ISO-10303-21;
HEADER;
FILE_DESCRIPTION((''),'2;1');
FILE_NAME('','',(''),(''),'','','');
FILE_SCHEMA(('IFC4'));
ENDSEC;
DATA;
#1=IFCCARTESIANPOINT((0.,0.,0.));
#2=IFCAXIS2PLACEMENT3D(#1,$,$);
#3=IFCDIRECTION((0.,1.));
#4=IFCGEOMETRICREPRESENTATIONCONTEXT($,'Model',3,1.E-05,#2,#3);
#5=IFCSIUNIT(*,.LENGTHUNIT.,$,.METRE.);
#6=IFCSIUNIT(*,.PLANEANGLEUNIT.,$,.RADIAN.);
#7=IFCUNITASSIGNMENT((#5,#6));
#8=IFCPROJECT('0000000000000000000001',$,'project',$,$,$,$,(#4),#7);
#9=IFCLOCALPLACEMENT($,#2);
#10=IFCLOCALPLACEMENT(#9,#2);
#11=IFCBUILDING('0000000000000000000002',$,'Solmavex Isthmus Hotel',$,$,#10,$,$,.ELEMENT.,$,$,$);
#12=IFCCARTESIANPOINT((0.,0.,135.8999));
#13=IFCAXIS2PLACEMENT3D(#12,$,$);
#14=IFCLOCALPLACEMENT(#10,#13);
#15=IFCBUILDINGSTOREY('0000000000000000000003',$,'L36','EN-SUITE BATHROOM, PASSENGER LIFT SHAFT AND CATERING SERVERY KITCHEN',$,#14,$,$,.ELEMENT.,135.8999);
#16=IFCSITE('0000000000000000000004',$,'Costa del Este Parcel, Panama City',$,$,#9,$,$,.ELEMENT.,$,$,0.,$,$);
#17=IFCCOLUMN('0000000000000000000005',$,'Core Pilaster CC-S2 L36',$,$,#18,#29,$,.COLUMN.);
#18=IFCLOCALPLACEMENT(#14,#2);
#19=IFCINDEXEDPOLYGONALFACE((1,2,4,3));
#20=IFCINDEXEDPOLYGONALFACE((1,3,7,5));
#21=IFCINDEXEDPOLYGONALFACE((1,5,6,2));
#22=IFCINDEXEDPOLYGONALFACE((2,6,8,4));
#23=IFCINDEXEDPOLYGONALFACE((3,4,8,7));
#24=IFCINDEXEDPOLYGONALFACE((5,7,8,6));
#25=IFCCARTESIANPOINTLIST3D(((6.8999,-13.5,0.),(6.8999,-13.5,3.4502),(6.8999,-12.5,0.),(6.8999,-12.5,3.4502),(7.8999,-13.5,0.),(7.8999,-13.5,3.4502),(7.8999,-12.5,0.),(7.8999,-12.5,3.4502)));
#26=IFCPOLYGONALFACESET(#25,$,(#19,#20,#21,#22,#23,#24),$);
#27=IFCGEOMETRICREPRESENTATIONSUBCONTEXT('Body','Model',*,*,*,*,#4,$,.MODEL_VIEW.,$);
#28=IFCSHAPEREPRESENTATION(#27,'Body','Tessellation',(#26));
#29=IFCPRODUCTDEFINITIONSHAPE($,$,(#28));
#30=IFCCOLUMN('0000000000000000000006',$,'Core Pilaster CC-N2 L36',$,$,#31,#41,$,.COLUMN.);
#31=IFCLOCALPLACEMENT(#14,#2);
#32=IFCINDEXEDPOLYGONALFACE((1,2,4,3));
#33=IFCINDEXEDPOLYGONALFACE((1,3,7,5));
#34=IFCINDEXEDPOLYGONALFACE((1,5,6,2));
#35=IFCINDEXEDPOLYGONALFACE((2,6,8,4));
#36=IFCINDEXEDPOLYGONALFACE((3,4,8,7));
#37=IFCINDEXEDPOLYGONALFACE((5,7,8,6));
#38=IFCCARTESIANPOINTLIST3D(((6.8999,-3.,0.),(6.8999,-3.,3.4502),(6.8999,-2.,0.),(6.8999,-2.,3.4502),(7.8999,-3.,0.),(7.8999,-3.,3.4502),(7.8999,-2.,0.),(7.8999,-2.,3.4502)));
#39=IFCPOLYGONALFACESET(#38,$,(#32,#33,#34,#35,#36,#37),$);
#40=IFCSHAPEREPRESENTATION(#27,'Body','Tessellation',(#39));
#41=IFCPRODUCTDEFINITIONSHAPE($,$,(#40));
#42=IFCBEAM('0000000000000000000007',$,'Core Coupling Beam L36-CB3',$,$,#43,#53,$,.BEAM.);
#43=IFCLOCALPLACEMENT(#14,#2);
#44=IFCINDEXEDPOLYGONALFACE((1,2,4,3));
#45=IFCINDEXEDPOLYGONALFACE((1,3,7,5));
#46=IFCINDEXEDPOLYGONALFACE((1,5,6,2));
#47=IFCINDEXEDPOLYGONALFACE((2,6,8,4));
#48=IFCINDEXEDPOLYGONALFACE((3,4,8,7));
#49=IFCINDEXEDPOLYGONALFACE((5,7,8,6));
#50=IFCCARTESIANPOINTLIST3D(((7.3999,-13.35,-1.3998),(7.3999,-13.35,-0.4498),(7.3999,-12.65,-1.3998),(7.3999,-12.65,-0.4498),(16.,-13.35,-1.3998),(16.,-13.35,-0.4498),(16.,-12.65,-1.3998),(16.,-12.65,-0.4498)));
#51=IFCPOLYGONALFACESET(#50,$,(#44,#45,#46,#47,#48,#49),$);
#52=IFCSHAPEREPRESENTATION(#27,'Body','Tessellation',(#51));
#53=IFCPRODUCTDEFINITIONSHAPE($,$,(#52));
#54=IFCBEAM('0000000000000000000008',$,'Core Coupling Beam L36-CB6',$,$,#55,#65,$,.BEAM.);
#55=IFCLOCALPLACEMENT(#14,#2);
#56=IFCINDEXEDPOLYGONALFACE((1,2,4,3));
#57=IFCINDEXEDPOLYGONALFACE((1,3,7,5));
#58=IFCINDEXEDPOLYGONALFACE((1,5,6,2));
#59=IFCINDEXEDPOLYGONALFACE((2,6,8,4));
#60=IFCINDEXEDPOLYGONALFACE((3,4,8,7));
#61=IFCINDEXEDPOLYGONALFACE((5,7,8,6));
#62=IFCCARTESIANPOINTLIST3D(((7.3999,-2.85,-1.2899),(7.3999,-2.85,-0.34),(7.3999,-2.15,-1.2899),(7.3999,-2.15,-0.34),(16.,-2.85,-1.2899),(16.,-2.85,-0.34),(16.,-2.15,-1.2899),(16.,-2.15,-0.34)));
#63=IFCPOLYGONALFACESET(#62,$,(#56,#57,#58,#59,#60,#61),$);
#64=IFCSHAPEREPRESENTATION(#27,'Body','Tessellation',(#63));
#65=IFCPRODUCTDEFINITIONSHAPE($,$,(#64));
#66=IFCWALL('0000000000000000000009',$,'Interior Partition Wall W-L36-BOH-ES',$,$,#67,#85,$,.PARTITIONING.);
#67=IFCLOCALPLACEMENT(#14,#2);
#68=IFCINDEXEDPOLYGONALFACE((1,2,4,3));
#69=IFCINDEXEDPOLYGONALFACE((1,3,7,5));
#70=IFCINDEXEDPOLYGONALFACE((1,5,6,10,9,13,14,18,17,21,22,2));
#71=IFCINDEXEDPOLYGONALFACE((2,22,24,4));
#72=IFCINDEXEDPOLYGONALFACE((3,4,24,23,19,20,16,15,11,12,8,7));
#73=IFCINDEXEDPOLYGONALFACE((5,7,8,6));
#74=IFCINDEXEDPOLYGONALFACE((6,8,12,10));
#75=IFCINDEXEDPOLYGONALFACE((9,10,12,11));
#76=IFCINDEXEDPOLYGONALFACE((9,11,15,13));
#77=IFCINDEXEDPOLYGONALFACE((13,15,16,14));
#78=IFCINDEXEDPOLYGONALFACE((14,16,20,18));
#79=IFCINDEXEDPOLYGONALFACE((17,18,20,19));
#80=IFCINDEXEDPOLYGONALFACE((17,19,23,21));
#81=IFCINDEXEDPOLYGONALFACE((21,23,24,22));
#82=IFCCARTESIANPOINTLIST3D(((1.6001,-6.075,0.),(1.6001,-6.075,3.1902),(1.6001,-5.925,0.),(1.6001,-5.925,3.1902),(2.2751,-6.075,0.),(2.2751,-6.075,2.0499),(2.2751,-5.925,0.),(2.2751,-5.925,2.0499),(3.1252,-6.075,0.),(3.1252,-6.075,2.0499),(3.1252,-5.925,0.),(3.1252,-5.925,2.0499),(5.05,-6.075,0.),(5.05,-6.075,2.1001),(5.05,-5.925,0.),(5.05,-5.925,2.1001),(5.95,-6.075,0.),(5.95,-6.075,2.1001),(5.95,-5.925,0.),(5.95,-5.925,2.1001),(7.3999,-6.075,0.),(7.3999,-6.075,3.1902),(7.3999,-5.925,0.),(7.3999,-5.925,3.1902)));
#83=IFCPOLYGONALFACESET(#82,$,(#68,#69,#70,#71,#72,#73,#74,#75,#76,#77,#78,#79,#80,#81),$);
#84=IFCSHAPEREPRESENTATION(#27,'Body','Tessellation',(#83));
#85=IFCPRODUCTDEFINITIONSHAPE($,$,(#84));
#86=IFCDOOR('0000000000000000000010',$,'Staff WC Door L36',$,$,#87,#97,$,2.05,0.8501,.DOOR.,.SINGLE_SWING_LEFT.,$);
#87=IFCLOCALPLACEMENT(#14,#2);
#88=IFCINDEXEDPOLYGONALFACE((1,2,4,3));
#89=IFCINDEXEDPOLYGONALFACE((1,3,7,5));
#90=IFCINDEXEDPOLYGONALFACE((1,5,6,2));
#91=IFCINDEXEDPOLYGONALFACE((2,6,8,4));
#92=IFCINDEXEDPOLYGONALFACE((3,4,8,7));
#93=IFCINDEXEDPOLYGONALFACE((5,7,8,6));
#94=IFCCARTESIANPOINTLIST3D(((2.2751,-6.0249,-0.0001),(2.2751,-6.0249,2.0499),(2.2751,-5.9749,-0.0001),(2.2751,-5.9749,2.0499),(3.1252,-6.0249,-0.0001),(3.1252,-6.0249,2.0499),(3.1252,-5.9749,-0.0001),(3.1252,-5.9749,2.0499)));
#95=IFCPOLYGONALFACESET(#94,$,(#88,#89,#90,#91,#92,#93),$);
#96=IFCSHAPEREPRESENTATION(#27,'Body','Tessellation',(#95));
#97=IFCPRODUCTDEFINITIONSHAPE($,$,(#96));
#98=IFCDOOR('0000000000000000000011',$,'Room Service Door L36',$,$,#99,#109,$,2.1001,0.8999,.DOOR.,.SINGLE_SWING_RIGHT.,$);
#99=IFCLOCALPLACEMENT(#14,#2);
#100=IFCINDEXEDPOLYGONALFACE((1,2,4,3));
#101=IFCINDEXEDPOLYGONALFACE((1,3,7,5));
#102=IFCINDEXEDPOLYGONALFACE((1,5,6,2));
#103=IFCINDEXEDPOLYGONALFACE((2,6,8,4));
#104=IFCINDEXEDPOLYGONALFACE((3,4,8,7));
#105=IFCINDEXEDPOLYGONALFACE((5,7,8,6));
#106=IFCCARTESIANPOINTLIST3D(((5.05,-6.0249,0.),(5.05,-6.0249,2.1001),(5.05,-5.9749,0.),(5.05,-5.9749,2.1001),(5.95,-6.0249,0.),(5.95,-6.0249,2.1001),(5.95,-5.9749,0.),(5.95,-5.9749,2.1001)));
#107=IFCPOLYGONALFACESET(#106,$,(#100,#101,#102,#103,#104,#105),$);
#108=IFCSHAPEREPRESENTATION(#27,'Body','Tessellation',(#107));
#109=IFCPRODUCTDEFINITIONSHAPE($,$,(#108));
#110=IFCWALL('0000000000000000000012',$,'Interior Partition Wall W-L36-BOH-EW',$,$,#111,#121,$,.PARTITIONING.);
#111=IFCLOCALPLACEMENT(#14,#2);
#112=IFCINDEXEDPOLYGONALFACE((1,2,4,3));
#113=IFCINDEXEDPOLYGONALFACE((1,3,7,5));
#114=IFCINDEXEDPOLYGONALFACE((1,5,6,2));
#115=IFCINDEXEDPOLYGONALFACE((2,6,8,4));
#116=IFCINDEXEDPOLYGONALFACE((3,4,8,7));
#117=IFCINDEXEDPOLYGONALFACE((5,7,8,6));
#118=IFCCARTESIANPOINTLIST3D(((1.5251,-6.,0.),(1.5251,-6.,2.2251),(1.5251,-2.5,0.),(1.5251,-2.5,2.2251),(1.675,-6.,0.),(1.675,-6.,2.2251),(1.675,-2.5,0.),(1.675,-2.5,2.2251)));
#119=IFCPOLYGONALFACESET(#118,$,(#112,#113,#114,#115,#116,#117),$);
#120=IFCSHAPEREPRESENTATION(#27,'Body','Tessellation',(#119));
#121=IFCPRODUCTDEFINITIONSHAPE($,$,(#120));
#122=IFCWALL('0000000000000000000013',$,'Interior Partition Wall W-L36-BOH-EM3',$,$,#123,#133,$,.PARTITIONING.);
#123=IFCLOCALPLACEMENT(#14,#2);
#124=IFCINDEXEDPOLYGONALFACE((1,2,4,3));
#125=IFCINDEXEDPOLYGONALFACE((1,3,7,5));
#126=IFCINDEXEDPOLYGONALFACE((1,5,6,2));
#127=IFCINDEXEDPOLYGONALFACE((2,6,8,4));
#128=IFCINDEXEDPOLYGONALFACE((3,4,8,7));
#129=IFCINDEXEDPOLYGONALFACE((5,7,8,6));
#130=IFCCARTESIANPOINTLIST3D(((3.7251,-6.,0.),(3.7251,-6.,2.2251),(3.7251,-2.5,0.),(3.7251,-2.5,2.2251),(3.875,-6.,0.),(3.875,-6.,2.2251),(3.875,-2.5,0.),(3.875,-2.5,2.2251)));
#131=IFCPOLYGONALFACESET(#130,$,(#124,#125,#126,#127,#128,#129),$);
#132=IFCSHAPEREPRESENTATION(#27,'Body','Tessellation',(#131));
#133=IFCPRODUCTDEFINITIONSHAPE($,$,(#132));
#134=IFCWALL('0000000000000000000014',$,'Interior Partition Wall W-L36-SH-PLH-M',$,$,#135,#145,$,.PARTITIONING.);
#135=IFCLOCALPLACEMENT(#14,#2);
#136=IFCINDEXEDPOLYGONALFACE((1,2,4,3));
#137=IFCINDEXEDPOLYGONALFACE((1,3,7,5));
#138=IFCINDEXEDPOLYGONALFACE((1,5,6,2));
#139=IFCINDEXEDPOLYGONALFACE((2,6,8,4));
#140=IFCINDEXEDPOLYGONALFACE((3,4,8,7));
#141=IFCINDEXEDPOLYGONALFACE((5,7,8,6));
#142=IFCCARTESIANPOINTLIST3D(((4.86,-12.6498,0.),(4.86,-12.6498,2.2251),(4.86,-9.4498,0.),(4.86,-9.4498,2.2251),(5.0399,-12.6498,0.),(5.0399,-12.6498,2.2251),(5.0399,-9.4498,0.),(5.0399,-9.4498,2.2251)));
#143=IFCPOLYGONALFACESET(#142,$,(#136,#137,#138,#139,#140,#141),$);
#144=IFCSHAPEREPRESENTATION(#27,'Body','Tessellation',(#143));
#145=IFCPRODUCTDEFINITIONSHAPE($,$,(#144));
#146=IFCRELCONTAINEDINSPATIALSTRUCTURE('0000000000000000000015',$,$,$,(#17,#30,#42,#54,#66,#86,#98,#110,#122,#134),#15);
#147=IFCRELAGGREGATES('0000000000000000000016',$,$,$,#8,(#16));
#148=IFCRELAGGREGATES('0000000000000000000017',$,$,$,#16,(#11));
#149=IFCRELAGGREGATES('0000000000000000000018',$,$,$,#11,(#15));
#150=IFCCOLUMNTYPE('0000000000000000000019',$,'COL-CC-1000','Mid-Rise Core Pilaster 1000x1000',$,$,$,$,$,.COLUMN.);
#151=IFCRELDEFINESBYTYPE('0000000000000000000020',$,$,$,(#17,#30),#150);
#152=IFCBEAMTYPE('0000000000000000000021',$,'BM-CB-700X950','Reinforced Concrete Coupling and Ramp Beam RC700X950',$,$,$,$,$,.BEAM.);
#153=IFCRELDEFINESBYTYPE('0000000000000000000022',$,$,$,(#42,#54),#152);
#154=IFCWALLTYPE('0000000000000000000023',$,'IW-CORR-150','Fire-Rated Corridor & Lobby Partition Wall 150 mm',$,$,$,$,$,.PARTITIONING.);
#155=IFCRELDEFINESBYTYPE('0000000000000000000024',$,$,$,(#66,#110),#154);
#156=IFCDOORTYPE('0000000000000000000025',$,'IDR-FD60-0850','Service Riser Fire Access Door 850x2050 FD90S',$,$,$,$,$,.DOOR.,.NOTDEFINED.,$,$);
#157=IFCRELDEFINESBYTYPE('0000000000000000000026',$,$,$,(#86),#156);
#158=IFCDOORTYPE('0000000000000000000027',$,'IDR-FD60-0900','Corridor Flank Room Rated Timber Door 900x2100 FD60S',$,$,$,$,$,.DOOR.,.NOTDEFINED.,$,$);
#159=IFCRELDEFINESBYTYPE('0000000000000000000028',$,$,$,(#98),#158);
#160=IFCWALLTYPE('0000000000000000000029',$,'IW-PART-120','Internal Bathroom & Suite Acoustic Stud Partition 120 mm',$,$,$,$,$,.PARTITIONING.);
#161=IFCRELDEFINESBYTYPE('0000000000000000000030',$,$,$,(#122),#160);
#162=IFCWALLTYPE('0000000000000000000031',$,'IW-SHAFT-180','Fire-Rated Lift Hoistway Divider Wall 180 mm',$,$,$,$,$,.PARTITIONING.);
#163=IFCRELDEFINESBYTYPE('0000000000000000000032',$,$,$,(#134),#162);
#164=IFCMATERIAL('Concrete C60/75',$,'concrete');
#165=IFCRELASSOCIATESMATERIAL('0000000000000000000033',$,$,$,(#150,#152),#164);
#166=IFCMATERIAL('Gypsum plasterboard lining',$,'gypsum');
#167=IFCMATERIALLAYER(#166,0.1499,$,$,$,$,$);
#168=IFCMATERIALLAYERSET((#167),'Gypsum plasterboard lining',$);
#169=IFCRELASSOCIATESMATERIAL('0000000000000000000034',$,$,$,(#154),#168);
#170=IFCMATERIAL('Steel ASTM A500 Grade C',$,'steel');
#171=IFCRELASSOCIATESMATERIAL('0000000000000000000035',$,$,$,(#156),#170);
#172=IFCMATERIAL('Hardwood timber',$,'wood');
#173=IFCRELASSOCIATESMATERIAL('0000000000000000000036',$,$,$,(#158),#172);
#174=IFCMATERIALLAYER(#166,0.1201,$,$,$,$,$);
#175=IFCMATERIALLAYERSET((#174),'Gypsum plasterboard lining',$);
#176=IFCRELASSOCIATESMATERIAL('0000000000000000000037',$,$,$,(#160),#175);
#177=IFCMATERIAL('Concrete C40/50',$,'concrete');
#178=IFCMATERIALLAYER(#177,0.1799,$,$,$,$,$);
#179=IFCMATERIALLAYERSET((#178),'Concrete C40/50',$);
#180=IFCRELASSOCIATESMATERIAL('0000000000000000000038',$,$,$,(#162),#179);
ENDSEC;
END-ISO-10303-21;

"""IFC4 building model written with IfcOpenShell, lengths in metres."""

from ifc_helpers import new_model, si_unit, direction, frame, frame_2d, origin, origin_2d, place, context, subcontext, project, spatial, rectangle, extrude, material, layer, layer_set, material_profile, profile_set, type_object, element, fill, save


model = new_model("IFC4")

# Units and contexts
model_context = context("Model", 3, precision=1e-05, world=origin(), true_north=direction((0.0, 1.0)))
body_context = subcontext(model_context, "Body", "Model", "MODEL_VIEW")
ifc_project = project(units=[si_unit("LENGTHUNIT", "METRE"), si_unit("PLANEANGLEUNIT", "RADIAN")], contexts=[model_context])

# Site, building, storey
site_placement = place(None, origin())
site = spatial("IfcSite", under=ifc_project, at=site_placement, Name="Costa del Este Parcel, Panama City", CompositionType="ELEMENT", RefElevation=0.0)
building_placement = place(site_placement, origin())
building = spatial("IfcBuilding", under=site, at=building_placement, Name="Solmavex Isthmus Hotel", CompositionType="ELEMENT")
storey_placement = place(building_placement, frame((0.0, 0.0, 135.8999)))
storey = spatial("IfcBuildingStorey", under=building, at=storey_placement, Name="L36", Description="EN-SUITE BATHROOM, PASSENGER LIFT SHAFT AND CATERING SERVERY KITCHEN", CompositionType="ELEMENT", Elevation=135.8999)

# Columns
ifc_material_1 = material(Name="Concrete C60/75", Category="concrete")
ifc_material_profile_1 = material_profile(ifc_material_1, rectangle(XDim=1.0, YDim=1.0, at=origin_2d()), Name="RC1000X1000")
ifc_profile_set_1 = profile_set([ifc_material_profile_1], Name="Concrete C60/75")
column_type = type_object("IfcColumnType", Name="COL-CC-1000", Description="Mid-Rise Core Pilaster 1000x1000", PredefinedType="COLUMN", material=ifc_profile_set_1)
for number, where, z_axis, x_axis, name in (
    (1, (7.3999, -13.0, 0.0), (0.0, 0.0, 1.0), (1.0, 0.0, 0.0), "Core Pilaster CC-S2 L36"),
    (2, (7.3999, -2.5, 0.0), (0.0, 0.0, 1.0), (1.0, 0.0, 0.0), "Core Pilaster CC-N2 L36"),
):
    element("IfcColumn", number, at=place(storey_placement, frame(where, z_axis=z_axis, x_axis=x_axis)), inside=storey, type_object=column_type, Name=name, PredefinedType="COLUMN", context=body_context, shape_type="SweptSolid", body=[
        extrude(rectangle(XDim=1.0, YDim=1.0, at=origin_2d()), origin(), (0.0, 0.0, 1.0), 3.4502),
    ])

# Beams
ifc_material_profile_2 = material_profile(ifc_material_1, rectangle(XDim=0.7, YDim=0.95, at=origin_2d()), Name="RC700X950")
ifc_profile_set_2 = profile_set([ifc_material_profile_2], Name="Concrete C60/75")
beam_type = type_object("IfcBeamType", Name="BM-CB-700X950", Description="Reinforced Concrete Coupling and Ramp Beam RC700X950", PredefinedType="BEAM", material=ifc_profile_set_2)
for number, where, z_axis, x_axis, name in (
    (3, (7.3999, -13.0, -0.9248), (1.0, 0.0, 0.0), (0.0, 1.0, 0.0), "Core Coupling Beam L36-CB3"),
    (4, (7.3999, -2.5, -0.8149), (1.0, 0.0, 0.0), (0.0, 1.0, 0.0), "Core Coupling Beam L36-CB6"),
):
    element("IfcBeam", number, at=place(storey_placement, frame(where, z_axis=z_axis, x_axis=x_axis)), inside=storey, type_object=beam_type, Name=name, PredefinedType="BEAM", context=body_context, shape_type="SweptSolid", body=[
        extrude(rectangle(XDim=0.7, YDim=0.95, at=origin_2d()), origin(), (0.0, 0.0, 1.0), 8.6001),
    ])

# Wall, openings, doors
ifc_material_2 = material(Name="Gypsum plasterboard lining", Category="gypsum")
ifc_layer_1 = layer(ifc_material_2, 0.1499)
ifc_layer_set_1 = layer_set([ifc_layer_1], Name="Gypsum plasterboard lining")
wall_type_1 = type_object("IfcWallType", Name="IW-CORR-150", Description="Fire-Rated Corridor & Lobby Partition Wall 150 mm", PredefinedType="PARTITIONING", material=ifc_layer_set_1)
wall_1_placement = place(storey_placement, frame((1.6001, -6.0, 0.0), z_axis=(0.0, 0.0, 1.0), x_axis=(1.0, 0.0, 0.0)))
wall_1 = element("IfcWall", 5, at=wall_1_placement, inside=storey, type_object=wall_type_1, Name="Interior Partition Wall W-L36-BOH-ES", PredefinedType="PARTITIONING", context=body_context, shape_type="SweptSolid", body=[
    extrude(rectangle(XDim=5.7998, YDim=0.1499, at=frame_2d((2.8999, 0.0))), origin(), (0.0, 0.0, 1.0), 3.1902),
])
opening_1_placement = place(wall_1_placement, frame((0.675, 0.0, 0.0)))
opening_1 = element("IfcOpeningElement", 6, at=opening_1_placement, cuts=wall_1, PredefinedType="OPENING", context=body_context, shape_type="SweptSolid", body=[
    extrude(rectangle(XDim=0.8501, YDim=2.05, at=frame_2d((0.425, 1.0249))), frame((0.0, 0.085, 0.0), z_axis=(0.0, -1.0, 0.0), x_axis=(1.0, 0.0, 0.0)), (0.0, 0.0, 1.0), 0.1699),
])
opening_2_placement = place(wall_1_placement, frame((3.45, 0.0, 0.0)))
opening_2 = element("IfcOpeningElement", 7, at=opening_2_placement, cuts=wall_1, PredefinedType="OPENING", context=body_context, shape_type="SweptSolid", body=[
    extrude(rectangle(XDim=0.8999, YDim=2.1001, at=frame_2d((0.45, 1.05))), frame((0.0, 0.085, 0.0), z_axis=(0.0, -1.0, 0.0), x_axis=(1.0, 0.0, 0.0)), (0.0, 0.0, 1.0), 0.1699),
])
ifc_material_3 = material(Name="Steel ASTM A500 Grade C", Category="steel")
door_type_1 = type_object("IfcDoorType", Name="IDR-FD60-0850", Description="Service Riser Fire Access Door 850x2050 FD90S", OperationType="NOTDEFINED", PredefinedType="DOOR", material=ifc_material_3)
door_1_placement = place(opening_1_placement, frame((0.8501, 0.0, 0.0), z_axis=(0.0, 0.0, 1.0), x_axis=(-1.0, 0.0, 0.0)))
door_1 = element("IfcDoor", 8, at=door_1_placement, inside=storey, type_object=door_type_1, Name="Staff WC Door L36", OperationType="SINGLE_SWING_LEFT", OverallHeight=2.05, OverallWidth=0.8501, PredefinedType="DOOR", context=body_context, shape_type="SweptSolid", body=[
    extrude(rectangle(XDim=0.8501, YDim=2.05, at=frame_2d((0.425, 1.0249))), frame((0.0, 0.0249, 0.0), z_axis=(0.0, -1.0, 0.0), x_axis=(1.0, 0.0, 0.0)), (0.0, 0.0, 1.0), 0.05),
])
fill(opening_1, door_1)
ifc_material_4 = material(Name="Hardwood timber", Category="wood")
door_type_2 = type_object("IfcDoorType", Name="IDR-FD60-0900", Description="Corridor Flank Room Rated Timber Door 900x2100 FD60S", OperationType="NOTDEFINED", PredefinedType="DOOR", material=ifc_material_4)
door_2_placement = place(opening_2_placement, frame((0.8999, 0.0, 0.0), z_axis=(0.0, 0.0, 1.0), x_axis=(-1.0, 0.0, 0.0)))
door_2 = element("IfcDoor", 9, at=door_2_placement, inside=storey, type_object=door_type_2, Name="Room Service Door L36", OperationType="SINGLE_SWING_RIGHT", OverallHeight=2.1001, OverallWidth=0.8999, PredefinedType="DOOR", context=body_context, shape_type="SweptSolid", body=[
    extrude(rectangle(XDim=0.8999, YDim=2.1001, at=frame_2d((0.45, 1.05))), frame((0.0, 0.0249, 0.0), z_axis=(0.0, -1.0, 0.0), x_axis=(1.0, 0.0, 0.0)), (0.0, 0.0, 1.0), 0.05),
])
fill(opening_2, door_2)

# Walls
wall_2_placement = place(storey_placement, frame((1.6001, -6.0, 0.0), z_axis=(0.0, 0.0, 1.0), x_axis=(0.0, 1.0, 0.0)))
element("IfcWall", 10, at=wall_2_placement, inside=storey, type_object=wall_type_1, Name="Interior Partition Wall W-L36-BOH-EW", PredefinedType="PARTITIONING", context=body_context, shape_type="SweptSolid", body=[
    extrude(rectangle(XDim=3.5, YDim=0.1499, at=frame_2d((1.75, 0.0))), origin(), (0.0, 0.0, 1.0), 2.2251),
])
ifc_layer_2 = layer(ifc_material_2, 0.1201)
ifc_layer_set_2 = layer_set([ifc_layer_2], Name="Gypsum plasterboard lining")
wall_type_2 = type_object("IfcWallType", Name="IW-PART-120", Description="Internal Bathroom & Suite Acoustic Stud Partition 120 mm", PredefinedType="PARTITIONING", material=ifc_layer_set_2)
wall_3_placement = place(storey_placement, frame((3.8, -6.0, 0.0), z_axis=(0.0, 0.0, 1.0), x_axis=(0.0, 1.0, 0.0)))
element("IfcWall", 11, at=wall_3_placement, inside=storey, type_object=wall_type_2, Name="Interior Partition Wall W-L36-BOH-EM3", PredefinedType="PARTITIONING", context=body_context, shape_type="SweptSolid", body=[
    extrude(rectangle(XDim=3.5, YDim=0.1499, at=frame_2d((1.75, 0.0))), origin(), (0.0, 0.0, 1.0), 2.2251),
])
ifc_material_5 = material(Name="Concrete C40/50", Category="concrete")
ifc_layer_3 = layer(ifc_material_5, 0.1799)
ifc_layer_set_3 = layer_set([ifc_layer_3], Name="Concrete C40/50")
wall_type_3 = type_object("IfcWallType", Name="IW-SHAFT-180", Description="Fire-Rated Lift Hoistway Divider Wall 180 mm", PredefinedType="PARTITIONING", material=ifc_layer_set_3)
wall_4_placement = place(storey_placement, frame((4.95, -12.6499, 0.0), z_axis=(0.0, 0.0, 1.0), x_axis=(0.0, 1.0, 0.0)))
element("IfcWall", 12, at=wall_4_placement, inside=storey, type_object=wall_type_3, Name="Interior Partition Wall W-L36-SH-PLH-M", PredefinedType="PARTITIONING", context=body_context, shape_type="SweptSolid", body=[
    extrude(rectangle(XDim=3.2, YDim=0.1799, at=frame_2d((1.6001, 0.0))), origin(), (0.0, 0.0, 1.0), 2.2251),
])

save(model, "model.ifc")
